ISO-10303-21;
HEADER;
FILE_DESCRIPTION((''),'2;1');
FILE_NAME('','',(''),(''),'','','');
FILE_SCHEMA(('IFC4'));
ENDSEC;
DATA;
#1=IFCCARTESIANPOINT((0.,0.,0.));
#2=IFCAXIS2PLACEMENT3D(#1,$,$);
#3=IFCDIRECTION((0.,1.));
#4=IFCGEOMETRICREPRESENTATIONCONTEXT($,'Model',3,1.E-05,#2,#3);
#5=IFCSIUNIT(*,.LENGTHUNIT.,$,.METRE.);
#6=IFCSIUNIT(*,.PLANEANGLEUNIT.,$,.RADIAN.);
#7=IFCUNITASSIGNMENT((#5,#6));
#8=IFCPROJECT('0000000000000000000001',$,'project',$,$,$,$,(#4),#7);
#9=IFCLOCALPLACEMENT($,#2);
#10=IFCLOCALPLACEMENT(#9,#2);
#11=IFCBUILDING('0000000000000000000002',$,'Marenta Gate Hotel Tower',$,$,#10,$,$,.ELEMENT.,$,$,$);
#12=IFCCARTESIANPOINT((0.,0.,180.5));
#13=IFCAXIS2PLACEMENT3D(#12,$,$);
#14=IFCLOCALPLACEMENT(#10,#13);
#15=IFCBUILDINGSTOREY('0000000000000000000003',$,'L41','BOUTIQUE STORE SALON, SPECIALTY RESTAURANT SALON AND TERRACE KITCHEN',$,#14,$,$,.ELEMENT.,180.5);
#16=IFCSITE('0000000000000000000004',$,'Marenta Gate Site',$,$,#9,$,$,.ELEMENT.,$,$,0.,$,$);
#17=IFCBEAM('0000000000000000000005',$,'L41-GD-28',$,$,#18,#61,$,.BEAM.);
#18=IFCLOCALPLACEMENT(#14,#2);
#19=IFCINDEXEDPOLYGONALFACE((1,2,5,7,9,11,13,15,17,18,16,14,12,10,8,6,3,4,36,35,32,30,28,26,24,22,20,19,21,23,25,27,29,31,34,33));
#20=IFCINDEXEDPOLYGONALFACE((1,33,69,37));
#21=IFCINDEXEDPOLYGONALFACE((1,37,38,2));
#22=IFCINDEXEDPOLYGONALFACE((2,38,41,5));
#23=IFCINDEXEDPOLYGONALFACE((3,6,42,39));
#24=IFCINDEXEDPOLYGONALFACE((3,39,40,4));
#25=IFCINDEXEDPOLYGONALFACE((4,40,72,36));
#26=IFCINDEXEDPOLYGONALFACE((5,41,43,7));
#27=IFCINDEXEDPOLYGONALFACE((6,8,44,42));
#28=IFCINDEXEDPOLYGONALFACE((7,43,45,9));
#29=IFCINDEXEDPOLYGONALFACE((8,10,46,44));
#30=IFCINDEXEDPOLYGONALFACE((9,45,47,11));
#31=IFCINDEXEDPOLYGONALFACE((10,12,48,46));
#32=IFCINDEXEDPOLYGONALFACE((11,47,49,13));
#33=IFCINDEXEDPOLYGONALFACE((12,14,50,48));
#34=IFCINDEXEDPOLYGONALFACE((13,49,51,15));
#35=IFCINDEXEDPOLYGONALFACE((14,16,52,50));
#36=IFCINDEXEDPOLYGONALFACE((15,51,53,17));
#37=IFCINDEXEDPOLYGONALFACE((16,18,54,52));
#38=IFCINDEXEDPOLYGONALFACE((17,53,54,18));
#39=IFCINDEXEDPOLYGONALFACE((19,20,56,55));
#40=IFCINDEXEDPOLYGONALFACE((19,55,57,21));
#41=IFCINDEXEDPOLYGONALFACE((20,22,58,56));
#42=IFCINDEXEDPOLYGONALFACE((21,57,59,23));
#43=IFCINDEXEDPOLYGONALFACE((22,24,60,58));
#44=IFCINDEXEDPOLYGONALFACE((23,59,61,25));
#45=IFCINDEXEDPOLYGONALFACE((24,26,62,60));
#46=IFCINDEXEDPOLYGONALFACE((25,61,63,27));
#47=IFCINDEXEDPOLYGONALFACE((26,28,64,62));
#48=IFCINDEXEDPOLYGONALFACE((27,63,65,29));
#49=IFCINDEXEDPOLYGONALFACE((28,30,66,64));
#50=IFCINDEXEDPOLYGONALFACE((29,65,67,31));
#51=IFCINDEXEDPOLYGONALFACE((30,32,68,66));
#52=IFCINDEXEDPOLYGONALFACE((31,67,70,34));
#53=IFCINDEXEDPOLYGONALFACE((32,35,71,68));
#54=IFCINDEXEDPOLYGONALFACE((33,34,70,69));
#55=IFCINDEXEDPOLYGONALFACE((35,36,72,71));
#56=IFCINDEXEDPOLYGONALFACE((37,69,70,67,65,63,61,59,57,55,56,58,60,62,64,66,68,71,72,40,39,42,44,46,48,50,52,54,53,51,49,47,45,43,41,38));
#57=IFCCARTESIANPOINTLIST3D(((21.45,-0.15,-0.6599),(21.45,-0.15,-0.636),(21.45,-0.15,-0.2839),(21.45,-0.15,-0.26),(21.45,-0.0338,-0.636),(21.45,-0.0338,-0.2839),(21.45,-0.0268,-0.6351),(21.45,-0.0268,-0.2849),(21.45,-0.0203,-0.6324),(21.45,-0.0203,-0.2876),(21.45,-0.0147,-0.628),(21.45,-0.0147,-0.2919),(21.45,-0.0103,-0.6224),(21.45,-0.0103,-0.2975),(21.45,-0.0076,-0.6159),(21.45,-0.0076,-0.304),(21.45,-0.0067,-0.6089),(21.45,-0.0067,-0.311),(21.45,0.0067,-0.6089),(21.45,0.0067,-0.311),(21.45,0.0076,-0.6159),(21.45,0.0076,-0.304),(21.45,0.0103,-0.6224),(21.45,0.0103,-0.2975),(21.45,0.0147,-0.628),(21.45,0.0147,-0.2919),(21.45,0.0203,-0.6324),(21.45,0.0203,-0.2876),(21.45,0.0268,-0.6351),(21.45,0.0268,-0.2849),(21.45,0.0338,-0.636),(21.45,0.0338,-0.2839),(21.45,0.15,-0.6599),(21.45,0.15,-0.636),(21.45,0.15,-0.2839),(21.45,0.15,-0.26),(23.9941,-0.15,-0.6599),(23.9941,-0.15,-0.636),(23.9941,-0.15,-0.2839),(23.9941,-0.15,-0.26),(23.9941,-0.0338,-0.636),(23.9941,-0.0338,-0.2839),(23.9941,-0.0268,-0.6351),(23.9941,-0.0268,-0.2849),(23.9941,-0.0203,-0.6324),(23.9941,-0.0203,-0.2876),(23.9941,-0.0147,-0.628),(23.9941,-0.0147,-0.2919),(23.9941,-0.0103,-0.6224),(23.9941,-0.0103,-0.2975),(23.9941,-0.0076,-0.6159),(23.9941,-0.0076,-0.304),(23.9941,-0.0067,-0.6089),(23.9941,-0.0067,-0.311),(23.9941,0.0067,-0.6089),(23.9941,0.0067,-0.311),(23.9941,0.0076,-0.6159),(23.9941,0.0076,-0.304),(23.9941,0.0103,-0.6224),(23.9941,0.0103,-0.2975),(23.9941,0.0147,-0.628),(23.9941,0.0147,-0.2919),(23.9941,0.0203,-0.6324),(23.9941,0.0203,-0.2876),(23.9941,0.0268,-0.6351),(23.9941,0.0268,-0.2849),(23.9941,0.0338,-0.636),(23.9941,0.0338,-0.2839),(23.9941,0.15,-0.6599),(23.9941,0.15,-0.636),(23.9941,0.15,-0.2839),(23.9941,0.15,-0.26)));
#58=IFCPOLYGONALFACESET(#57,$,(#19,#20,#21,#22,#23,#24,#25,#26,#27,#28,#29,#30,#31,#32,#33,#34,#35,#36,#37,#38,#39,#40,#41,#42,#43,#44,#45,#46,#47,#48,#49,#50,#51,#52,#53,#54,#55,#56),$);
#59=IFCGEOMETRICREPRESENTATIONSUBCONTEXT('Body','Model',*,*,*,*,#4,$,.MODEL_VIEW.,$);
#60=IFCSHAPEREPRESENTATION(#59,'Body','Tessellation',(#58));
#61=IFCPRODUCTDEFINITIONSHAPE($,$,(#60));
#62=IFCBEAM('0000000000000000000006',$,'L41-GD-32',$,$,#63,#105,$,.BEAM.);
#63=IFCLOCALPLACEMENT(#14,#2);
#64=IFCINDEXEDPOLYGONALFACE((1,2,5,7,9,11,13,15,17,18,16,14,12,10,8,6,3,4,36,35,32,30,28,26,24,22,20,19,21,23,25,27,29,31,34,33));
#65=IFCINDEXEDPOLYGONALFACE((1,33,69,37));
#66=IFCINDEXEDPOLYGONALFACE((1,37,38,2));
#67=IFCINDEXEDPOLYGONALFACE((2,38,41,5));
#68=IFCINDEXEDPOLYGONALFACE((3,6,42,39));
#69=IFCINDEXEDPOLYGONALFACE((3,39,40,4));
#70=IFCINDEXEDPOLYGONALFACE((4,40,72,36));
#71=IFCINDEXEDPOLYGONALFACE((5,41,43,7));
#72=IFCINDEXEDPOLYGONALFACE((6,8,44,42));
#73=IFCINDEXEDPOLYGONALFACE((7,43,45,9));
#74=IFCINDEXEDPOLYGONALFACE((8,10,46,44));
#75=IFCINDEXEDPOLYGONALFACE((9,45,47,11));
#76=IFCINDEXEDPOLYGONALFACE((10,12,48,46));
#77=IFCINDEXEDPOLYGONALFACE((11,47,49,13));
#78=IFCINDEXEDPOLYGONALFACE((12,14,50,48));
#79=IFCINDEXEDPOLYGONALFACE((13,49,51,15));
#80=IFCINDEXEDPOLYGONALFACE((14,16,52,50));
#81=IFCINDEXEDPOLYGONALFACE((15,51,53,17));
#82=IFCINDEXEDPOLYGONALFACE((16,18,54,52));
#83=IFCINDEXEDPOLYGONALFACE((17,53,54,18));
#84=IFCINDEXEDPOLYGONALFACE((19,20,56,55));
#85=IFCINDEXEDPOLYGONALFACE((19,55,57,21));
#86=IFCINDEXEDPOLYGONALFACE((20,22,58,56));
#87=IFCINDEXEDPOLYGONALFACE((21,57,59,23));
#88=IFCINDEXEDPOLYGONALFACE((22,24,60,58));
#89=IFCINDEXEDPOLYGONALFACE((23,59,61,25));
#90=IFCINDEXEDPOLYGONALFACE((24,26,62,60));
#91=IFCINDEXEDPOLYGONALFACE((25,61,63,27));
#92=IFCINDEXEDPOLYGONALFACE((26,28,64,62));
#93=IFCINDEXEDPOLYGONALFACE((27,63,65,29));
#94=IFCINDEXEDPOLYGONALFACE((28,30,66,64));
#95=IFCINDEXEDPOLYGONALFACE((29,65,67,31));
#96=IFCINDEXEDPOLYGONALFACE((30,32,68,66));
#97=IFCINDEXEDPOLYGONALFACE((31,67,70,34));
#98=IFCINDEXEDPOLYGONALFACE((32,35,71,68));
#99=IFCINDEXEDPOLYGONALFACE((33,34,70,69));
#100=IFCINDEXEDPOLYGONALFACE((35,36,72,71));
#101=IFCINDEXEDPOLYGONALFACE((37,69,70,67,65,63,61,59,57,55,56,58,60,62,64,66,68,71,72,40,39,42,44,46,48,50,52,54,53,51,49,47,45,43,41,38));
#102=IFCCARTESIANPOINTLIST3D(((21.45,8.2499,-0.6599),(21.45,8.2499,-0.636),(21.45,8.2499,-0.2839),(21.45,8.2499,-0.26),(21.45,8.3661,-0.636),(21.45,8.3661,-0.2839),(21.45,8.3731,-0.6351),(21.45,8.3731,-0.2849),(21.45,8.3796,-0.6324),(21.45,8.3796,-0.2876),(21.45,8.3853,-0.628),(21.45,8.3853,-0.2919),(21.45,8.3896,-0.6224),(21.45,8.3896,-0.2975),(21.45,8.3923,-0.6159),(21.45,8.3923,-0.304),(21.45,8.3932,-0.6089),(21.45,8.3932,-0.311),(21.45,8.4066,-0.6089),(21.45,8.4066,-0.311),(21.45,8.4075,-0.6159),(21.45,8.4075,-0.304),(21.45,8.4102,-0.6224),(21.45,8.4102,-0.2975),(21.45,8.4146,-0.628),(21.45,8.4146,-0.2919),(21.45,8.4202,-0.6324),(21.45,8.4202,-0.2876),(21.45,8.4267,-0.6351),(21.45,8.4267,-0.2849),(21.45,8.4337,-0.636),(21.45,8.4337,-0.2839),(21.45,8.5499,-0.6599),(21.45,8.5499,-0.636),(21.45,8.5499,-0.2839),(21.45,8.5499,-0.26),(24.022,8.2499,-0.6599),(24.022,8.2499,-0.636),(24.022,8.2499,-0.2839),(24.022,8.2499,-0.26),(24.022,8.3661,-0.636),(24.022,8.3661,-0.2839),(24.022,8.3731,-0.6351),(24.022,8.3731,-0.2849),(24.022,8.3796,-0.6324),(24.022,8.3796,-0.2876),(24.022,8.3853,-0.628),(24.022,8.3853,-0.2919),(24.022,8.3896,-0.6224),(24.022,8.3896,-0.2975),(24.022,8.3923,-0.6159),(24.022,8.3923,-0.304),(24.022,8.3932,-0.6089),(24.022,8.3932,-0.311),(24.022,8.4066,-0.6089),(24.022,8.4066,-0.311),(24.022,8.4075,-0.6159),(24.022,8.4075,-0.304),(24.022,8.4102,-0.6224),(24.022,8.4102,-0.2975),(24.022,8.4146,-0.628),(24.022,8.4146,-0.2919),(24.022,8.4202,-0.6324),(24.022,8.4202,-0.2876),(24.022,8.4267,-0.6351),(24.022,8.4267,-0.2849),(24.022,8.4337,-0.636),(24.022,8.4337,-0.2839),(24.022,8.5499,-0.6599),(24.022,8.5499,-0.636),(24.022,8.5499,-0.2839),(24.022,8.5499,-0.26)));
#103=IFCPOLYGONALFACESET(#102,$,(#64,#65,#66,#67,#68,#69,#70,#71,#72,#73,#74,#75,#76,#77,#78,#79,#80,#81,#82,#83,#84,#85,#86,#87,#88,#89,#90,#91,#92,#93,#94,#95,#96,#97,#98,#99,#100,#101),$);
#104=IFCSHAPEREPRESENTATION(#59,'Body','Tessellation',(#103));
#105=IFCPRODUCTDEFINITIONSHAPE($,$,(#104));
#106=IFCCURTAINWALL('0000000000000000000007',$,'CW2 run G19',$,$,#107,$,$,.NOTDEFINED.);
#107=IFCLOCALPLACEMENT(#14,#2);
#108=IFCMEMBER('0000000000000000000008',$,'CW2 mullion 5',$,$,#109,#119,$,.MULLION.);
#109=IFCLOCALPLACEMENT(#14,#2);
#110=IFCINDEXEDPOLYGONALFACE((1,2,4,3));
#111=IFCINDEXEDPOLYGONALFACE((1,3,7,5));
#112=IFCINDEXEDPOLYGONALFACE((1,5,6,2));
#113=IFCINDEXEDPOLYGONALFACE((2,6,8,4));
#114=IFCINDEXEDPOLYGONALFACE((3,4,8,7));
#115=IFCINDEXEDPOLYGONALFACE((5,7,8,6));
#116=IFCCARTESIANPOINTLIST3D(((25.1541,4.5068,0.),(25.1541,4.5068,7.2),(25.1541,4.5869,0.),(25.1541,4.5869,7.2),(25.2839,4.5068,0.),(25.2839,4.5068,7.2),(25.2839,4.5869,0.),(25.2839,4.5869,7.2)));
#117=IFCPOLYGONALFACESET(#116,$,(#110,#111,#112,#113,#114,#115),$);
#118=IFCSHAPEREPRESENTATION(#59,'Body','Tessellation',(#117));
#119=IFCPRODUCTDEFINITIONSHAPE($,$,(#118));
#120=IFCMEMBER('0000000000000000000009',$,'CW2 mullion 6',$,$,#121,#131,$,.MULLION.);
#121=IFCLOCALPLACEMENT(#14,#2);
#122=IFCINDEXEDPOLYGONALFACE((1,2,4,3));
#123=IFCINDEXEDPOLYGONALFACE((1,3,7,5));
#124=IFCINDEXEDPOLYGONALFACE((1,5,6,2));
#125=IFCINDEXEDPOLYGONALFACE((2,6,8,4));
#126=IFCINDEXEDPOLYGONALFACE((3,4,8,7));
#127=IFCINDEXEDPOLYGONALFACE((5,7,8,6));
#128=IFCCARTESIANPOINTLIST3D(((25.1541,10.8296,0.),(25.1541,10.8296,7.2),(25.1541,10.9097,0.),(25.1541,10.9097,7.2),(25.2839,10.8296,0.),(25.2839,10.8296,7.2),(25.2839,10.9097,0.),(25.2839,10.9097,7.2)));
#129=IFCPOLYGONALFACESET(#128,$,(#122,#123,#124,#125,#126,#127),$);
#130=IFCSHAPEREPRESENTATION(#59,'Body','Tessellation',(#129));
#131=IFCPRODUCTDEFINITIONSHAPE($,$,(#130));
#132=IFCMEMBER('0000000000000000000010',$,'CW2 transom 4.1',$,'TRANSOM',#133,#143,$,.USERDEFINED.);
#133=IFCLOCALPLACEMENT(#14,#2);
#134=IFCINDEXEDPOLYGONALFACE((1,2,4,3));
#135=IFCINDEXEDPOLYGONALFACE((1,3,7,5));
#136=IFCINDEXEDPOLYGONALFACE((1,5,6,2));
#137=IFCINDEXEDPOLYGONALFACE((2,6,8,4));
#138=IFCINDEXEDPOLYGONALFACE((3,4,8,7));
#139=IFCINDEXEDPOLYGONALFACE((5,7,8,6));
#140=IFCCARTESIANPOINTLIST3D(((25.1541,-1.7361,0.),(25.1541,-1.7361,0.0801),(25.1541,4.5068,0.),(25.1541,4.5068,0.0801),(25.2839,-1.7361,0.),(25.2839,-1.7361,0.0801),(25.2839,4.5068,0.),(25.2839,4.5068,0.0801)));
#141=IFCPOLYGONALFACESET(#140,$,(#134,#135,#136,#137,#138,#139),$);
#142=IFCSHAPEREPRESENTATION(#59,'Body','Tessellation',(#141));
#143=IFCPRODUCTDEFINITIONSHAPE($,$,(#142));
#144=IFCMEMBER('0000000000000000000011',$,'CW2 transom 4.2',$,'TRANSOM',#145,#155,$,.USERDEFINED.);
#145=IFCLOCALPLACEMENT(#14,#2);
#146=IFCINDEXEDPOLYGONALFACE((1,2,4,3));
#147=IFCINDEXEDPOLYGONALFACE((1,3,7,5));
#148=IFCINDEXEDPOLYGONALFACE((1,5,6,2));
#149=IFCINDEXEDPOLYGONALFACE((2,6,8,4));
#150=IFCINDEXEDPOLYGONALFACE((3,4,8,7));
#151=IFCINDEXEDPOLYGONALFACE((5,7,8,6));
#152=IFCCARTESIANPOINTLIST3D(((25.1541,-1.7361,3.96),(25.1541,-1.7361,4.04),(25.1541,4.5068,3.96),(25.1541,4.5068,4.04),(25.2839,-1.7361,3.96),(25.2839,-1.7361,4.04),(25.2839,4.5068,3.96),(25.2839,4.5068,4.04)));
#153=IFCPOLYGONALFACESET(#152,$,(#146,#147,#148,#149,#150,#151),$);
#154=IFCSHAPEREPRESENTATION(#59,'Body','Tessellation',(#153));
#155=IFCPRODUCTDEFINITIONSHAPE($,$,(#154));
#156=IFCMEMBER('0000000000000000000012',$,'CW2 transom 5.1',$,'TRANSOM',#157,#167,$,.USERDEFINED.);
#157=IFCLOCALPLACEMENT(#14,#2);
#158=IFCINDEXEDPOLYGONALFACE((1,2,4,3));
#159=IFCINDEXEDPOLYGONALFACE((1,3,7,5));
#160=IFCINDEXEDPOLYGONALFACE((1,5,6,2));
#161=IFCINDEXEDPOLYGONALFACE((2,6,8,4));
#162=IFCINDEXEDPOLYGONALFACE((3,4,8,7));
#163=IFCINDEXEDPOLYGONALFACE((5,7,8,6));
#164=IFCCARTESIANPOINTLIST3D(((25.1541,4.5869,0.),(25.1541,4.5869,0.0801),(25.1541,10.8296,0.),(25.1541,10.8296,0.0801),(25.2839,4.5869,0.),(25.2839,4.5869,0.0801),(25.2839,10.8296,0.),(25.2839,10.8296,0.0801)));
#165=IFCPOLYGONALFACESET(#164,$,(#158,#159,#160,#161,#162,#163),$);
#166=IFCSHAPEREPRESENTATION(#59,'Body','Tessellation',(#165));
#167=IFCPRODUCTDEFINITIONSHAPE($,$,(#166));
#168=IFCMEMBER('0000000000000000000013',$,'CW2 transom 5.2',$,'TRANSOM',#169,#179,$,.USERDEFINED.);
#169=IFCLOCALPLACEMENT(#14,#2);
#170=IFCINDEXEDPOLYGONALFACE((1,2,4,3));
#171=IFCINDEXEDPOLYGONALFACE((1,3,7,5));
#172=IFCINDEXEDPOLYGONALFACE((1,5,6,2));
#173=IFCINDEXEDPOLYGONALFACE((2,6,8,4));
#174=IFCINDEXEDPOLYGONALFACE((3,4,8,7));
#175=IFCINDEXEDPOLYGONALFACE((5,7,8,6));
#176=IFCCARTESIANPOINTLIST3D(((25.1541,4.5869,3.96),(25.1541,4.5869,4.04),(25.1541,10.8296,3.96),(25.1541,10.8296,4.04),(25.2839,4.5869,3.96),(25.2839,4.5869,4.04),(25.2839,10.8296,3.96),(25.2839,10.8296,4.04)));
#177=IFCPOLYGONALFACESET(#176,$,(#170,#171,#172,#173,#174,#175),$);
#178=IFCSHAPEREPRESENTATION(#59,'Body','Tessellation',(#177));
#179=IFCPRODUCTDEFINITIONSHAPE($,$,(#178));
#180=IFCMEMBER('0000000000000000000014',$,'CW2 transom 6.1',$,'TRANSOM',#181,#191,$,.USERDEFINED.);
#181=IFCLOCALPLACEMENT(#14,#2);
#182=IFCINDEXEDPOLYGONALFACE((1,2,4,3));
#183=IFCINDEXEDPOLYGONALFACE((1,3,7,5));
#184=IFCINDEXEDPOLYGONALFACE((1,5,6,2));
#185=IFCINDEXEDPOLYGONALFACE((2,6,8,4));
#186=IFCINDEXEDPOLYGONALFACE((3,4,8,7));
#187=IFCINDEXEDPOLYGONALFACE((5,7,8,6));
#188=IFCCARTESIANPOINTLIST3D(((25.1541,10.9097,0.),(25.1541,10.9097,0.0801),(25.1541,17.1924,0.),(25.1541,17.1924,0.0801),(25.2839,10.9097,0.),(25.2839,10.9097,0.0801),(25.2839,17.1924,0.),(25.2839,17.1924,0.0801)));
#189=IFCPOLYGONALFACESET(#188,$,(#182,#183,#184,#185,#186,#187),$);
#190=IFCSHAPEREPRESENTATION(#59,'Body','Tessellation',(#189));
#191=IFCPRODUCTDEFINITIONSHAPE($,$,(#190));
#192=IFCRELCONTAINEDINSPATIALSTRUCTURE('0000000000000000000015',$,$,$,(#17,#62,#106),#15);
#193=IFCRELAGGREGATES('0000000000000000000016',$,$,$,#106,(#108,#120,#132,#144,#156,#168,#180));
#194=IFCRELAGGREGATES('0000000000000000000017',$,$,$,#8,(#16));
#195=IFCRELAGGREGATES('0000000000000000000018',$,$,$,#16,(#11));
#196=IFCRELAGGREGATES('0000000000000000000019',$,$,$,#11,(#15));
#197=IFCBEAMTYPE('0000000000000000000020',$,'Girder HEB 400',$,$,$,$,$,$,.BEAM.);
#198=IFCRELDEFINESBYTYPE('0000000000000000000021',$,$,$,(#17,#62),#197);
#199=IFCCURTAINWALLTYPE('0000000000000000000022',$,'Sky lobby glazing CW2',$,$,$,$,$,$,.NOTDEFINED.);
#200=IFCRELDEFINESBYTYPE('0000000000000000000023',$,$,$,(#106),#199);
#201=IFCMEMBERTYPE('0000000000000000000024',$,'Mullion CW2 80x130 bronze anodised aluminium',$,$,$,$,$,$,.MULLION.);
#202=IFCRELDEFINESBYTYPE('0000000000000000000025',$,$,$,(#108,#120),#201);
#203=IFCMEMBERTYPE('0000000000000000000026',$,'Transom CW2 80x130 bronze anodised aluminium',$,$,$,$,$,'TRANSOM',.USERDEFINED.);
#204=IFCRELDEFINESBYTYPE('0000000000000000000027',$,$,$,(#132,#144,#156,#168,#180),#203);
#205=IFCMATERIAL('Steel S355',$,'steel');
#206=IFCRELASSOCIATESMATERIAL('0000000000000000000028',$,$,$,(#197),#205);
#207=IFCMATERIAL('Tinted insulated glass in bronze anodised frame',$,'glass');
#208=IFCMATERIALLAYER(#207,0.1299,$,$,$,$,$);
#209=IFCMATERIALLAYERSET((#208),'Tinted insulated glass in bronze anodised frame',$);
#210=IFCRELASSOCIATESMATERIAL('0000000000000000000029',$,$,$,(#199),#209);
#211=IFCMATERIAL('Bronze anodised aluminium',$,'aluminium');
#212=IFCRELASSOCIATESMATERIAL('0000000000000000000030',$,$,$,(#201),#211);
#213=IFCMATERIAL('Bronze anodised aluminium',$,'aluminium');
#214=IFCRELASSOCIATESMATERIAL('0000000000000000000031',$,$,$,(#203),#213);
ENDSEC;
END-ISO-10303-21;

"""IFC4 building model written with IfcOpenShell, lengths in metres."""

from ifc_helpers import new_model, si_unit, direction, frame, origin, origin_2d, place, context, subcontext, project, spatial, rectangle, i_section, extrude, material, layer, layer_set, material_profile, profile_set, type_object, element, aggregate, save


model = new_model("IFC4")

# Units and contexts
model_context = context("Model", 3, precision=1e-05, world=origin(), true_north=direction((0.0, 1.0)))
body_context = subcontext(model_context, "Body", "Model", "MODEL_VIEW")
ifc_project = project(units=[si_unit("LENGTHUNIT", "METRE"), si_unit("PLANEANGLEUNIT", "RADIAN")], contexts=[model_context])

# Site, building, storey
site_placement = place(None, origin())
site = spatial("IfcSite", under=ifc_project, at=site_placement, Name="Marenta Gate Site", CompositionType="ELEMENT", RefElevation=0.0)
building_placement = place(site_placement, origin())
building = spatial("IfcBuilding", under=site, at=building_placement, Name="Marenta Gate Hotel Tower", CompositionType="ELEMENT")
storey_placement = place(building_placement, frame((0.0, 0.0, 180.5)))
storey = spatial("IfcBuildingStorey", under=building, at=storey_placement, Name="L41", Description="BOUTIQUE STORE SALON, SPECIALTY RESTAURANT SALON AND TERRACE KITCHEN", CompositionType="ELEMENT", Elevation=180.5)

# Beams
ifc_material_1 = material(Name="Steel S355", Category="steel")
ifc_material_profile_1 = material_profile(ifc_material_1, i_section(OverallWidth=0.3, OverallDepth=0.3999, WebThickness=0.0134, FlangeThickness=0.0239, FilletRadius=0.0271, at=origin_2d()), Name="HEB 400")
ifc_profile_set_1 = profile_set([ifc_material_profile_1], Name="Steel S355")
beam_type_1 = type_object("IfcBeamType", Name="Girder HEB 400", PredefinedType="BEAM", material=ifc_profile_set_1)
beam_1_placement = place(storey_placement, frame((21.45, 0.0, -0.46), z_axis=(1.0, 0.0, 0.0), x_axis=(0.0, 1.0, 0.0)))
element("IfcBeam", 1, at=beam_1_placement, inside=storey, type_object=beam_type_1, Name="L41-GD-28", PredefinedType="BEAM", context=body_context, shape_type="SweptSolid", body=[
    extrude(i_section(OverallWidth=0.3, OverallDepth=0.3999, WebThickness=0.0134, FlangeThickness=0.0239, FilletRadius=0.0271, at=origin_2d()), origin(), (0.0, 0.0, 1.0), 2.5442),
])
beam_2_placement = place(storey_placement, frame((21.45, 8.3999, -0.46), z_axis=(1.0, 0.0, 0.0), x_axis=(0.0, 1.0, 0.0)))
element("IfcBeam", 2, at=beam_2_placement, inside=storey, type_object=beam_type_1, Name="L41-GD-32", PredefinedType="BEAM", context=body_context, shape_type="SweptSolid", body=[
    extrude(i_section(OverallWidth=0.3, OverallDepth=0.3999, WebThickness=0.0134, FlangeThickness=0.0239, FilletRadius=0.0271, at=origin_2d()), origin(), (0.0, 0.0, 1.0), 2.572),
])

# Curtain wall, members
ifc_material_2 = material(Name="Tinted insulated glass in bronze anodised frame", Category="glass")
ifc_layer_1 = layer(ifc_material_2, 0.1299)
ifc_layer_set_1 = layer_set([ifc_layer_1], Name="Tinted insulated glass in bronze anodised frame")
curtain_wall_type = type_object("IfcCurtainWallType", Name="Sky lobby glazing CW2", PredefinedType="NOTDEFINED", material=ifc_layer_set_1)
curtain_wall_placement = place(storey_placement, origin())
curtain_wall = element("IfcCurtainWall", 3, at=curtain_wall_placement, inside=storey, type_object=curtain_wall_type, Name="CW2 run G19", PredefinedType="NOTDEFINED")
ifc_material_3 = material(Name="Bronze anodised aluminium", Category="aluminium")
ifc_material_profile_2 = material_profile(ifc_material_3, rectangle(XDim=0.1299, YDim=0.0801, at=origin_2d()), Name="Mullion CW2 80x130 bronze anodised aluminium")
ifc_profile_set_2 = profile_set([ifc_material_profile_2], Name="Bronze anodised aluminium")
member_type_1 = type_object("IfcMemberType", Name="Mullion CW2 80x130 bronze anodised aluminium", PredefinedType="MULLION", material=ifc_profile_set_2)
member_1_placement = place(storey_placement, frame((25.219, 4.5469, 0.0), z_axis=(0.0, 0.0, 1.0), x_axis=(-1.0, 0.0, 0.0)))
member_1 = element("IfcMember", 4, at=member_1_placement, type_object=member_type_1, Name="CW2 mullion 5", PredefinedType="MULLION", context=body_context, shape_type="SweptSolid", body=[
    extrude(rectangle(XDim=0.1299, YDim=0.0801, at=origin_2d()), origin(), (0.0, 0.0, 1.0), 7.2),
])
member_2_placement = place(storey_placement, frame((25.219, 10.8696, 0.0), z_axis=(0.0, 0.0, 1.0), x_axis=(-1.0, 0.0, 0.0)))
member_2 = element("IfcMember", 5, at=member_2_placement, type_object=member_type_1, Name="CW2 mullion 6", PredefinedType="MULLION", context=body_context, shape_type="SweptSolid", body=[
    extrude(rectangle(XDim=0.1299, YDim=0.0801, at=origin_2d()), origin(), (0.0, 0.0, 1.0), 7.2),
])
ifc_material_4 = material(Name="Bronze anodised aluminium", Category="aluminium")
ifc_material_profile_3 = material_profile(ifc_material_4, rectangle(XDim=0.1299, YDim=0.0801, at=origin_2d()), Name="Transom CW2 80x130 bronze anodised aluminium")
ifc_profile_set_3 = profile_set([ifc_material_profile_3], Name="Bronze anodised aluminium")
member_type_2 = type_object("IfcMemberType", Name="Transom CW2 80x130 bronze anodised aluminium", ElementType="TRANSOM", PredefinedType="USERDEFINED", material=ifc_profile_set_3)
member_3_placement = place(storey_placement, frame((25.219, -1.7361, 0.04), z_axis=(0.0, 1.0, 0.0), x_axis=(-1.0, 0.0, 0.0)))
member_3 = element("IfcMember", 6, at=member_3_placement, type_object=member_type_2, Name="CW2 transom 4.1", ObjectType="TRANSOM", PredefinedType="USERDEFINED", context=body_context, shape_type="SweptSolid", body=[
    extrude(rectangle(XDim=0.1299, YDim=0.0801, at=origin_2d()), origin(), (0.0, 0.0, 1.0), 6.2429),
])
member_4_placement = place(storey_placement, frame((25.219, -1.7361, 4.0), z_axis=(0.0, 1.0, 0.0), x_axis=(-1.0, 0.0, 0.0)))
member_4 = element("IfcMember", 7, at=member_4_placement, type_object=member_type_2, Name="CW2 transom 4.2", ObjectType="TRANSOM", PredefinedType="USERDEFINED", context=body_context, shape_type="SweptSolid", body=[
    extrude(rectangle(XDim=0.1299, YDim=0.0801, at=origin_2d()), origin(), (0.0, 0.0, 1.0), 6.2429),
])
member_5_placement = place(storey_placement, frame((25.219, 4.5869, 0.04), z_axis=(0.0, 1.0, 0.0), x_axis=(-1.0, 0.0, 0.0)))
member_5 = element("IfcMember", 8, at=member_5_placement, type_object=member_type_2, Name="CW2 transom 5.1", ObjectType="TRANSOM", PredefinedType="USERDEFINED", context=body_context, shape_type="SweptSolid", body=[
    extrude(rectangle(XDim=0.1299, YDim=0.0801, at=origin_2d()), origin(), (0.0, 0.0, 1.0), 6.2427),
])
member_6_placement = place(storey_placement, frame((25.219, 4.5869, 4.0), z_axis=(0.0, 1.0, 0.0), x_axis=(-1.0, 0.0, 0.0)))
member_6 = element("IfcMember", 9, at=member_6_placement, type_object=member_type_2, Name="CW2 transom 5.2", ObjectType="TRANSOM", PredefinedType="USERDEFINED", context=body_context, shape_type="SweptSolid", body=[
    extrude(rectangle(XDim=0.1299, YDim=0.0801, at=origin_2d()), origin(), (0.0, 0.0, 1.0), 6.2427),
])
member_7_placement = place(storey_placement, frame((25.219, 10.9097, 0.04), z_axis=(0.0, 1.0, 0.0), x_axis=(-1.0, 0.0, 0.0)))
member_7 = element("IfcMember", 10, at=member_7_placement, type_object=member_type_2, Name="CW2 transom 6.1", ObjectType="TRANSOM", PredefinedType="USERDEFINED", context=body_context, shape_type="SweptSolid", body=[
    extrude(rectangle(XDim=0.1299, YDim=0.0801, at=origin_2d()), origin(), (0.0, 0.0, 1.0), 6.2827),
])
aggregate(curtain_wall, [member_1, member_2, member_3, member_4, member_5, member_6, member_7])

save(model, "model.ifc")
